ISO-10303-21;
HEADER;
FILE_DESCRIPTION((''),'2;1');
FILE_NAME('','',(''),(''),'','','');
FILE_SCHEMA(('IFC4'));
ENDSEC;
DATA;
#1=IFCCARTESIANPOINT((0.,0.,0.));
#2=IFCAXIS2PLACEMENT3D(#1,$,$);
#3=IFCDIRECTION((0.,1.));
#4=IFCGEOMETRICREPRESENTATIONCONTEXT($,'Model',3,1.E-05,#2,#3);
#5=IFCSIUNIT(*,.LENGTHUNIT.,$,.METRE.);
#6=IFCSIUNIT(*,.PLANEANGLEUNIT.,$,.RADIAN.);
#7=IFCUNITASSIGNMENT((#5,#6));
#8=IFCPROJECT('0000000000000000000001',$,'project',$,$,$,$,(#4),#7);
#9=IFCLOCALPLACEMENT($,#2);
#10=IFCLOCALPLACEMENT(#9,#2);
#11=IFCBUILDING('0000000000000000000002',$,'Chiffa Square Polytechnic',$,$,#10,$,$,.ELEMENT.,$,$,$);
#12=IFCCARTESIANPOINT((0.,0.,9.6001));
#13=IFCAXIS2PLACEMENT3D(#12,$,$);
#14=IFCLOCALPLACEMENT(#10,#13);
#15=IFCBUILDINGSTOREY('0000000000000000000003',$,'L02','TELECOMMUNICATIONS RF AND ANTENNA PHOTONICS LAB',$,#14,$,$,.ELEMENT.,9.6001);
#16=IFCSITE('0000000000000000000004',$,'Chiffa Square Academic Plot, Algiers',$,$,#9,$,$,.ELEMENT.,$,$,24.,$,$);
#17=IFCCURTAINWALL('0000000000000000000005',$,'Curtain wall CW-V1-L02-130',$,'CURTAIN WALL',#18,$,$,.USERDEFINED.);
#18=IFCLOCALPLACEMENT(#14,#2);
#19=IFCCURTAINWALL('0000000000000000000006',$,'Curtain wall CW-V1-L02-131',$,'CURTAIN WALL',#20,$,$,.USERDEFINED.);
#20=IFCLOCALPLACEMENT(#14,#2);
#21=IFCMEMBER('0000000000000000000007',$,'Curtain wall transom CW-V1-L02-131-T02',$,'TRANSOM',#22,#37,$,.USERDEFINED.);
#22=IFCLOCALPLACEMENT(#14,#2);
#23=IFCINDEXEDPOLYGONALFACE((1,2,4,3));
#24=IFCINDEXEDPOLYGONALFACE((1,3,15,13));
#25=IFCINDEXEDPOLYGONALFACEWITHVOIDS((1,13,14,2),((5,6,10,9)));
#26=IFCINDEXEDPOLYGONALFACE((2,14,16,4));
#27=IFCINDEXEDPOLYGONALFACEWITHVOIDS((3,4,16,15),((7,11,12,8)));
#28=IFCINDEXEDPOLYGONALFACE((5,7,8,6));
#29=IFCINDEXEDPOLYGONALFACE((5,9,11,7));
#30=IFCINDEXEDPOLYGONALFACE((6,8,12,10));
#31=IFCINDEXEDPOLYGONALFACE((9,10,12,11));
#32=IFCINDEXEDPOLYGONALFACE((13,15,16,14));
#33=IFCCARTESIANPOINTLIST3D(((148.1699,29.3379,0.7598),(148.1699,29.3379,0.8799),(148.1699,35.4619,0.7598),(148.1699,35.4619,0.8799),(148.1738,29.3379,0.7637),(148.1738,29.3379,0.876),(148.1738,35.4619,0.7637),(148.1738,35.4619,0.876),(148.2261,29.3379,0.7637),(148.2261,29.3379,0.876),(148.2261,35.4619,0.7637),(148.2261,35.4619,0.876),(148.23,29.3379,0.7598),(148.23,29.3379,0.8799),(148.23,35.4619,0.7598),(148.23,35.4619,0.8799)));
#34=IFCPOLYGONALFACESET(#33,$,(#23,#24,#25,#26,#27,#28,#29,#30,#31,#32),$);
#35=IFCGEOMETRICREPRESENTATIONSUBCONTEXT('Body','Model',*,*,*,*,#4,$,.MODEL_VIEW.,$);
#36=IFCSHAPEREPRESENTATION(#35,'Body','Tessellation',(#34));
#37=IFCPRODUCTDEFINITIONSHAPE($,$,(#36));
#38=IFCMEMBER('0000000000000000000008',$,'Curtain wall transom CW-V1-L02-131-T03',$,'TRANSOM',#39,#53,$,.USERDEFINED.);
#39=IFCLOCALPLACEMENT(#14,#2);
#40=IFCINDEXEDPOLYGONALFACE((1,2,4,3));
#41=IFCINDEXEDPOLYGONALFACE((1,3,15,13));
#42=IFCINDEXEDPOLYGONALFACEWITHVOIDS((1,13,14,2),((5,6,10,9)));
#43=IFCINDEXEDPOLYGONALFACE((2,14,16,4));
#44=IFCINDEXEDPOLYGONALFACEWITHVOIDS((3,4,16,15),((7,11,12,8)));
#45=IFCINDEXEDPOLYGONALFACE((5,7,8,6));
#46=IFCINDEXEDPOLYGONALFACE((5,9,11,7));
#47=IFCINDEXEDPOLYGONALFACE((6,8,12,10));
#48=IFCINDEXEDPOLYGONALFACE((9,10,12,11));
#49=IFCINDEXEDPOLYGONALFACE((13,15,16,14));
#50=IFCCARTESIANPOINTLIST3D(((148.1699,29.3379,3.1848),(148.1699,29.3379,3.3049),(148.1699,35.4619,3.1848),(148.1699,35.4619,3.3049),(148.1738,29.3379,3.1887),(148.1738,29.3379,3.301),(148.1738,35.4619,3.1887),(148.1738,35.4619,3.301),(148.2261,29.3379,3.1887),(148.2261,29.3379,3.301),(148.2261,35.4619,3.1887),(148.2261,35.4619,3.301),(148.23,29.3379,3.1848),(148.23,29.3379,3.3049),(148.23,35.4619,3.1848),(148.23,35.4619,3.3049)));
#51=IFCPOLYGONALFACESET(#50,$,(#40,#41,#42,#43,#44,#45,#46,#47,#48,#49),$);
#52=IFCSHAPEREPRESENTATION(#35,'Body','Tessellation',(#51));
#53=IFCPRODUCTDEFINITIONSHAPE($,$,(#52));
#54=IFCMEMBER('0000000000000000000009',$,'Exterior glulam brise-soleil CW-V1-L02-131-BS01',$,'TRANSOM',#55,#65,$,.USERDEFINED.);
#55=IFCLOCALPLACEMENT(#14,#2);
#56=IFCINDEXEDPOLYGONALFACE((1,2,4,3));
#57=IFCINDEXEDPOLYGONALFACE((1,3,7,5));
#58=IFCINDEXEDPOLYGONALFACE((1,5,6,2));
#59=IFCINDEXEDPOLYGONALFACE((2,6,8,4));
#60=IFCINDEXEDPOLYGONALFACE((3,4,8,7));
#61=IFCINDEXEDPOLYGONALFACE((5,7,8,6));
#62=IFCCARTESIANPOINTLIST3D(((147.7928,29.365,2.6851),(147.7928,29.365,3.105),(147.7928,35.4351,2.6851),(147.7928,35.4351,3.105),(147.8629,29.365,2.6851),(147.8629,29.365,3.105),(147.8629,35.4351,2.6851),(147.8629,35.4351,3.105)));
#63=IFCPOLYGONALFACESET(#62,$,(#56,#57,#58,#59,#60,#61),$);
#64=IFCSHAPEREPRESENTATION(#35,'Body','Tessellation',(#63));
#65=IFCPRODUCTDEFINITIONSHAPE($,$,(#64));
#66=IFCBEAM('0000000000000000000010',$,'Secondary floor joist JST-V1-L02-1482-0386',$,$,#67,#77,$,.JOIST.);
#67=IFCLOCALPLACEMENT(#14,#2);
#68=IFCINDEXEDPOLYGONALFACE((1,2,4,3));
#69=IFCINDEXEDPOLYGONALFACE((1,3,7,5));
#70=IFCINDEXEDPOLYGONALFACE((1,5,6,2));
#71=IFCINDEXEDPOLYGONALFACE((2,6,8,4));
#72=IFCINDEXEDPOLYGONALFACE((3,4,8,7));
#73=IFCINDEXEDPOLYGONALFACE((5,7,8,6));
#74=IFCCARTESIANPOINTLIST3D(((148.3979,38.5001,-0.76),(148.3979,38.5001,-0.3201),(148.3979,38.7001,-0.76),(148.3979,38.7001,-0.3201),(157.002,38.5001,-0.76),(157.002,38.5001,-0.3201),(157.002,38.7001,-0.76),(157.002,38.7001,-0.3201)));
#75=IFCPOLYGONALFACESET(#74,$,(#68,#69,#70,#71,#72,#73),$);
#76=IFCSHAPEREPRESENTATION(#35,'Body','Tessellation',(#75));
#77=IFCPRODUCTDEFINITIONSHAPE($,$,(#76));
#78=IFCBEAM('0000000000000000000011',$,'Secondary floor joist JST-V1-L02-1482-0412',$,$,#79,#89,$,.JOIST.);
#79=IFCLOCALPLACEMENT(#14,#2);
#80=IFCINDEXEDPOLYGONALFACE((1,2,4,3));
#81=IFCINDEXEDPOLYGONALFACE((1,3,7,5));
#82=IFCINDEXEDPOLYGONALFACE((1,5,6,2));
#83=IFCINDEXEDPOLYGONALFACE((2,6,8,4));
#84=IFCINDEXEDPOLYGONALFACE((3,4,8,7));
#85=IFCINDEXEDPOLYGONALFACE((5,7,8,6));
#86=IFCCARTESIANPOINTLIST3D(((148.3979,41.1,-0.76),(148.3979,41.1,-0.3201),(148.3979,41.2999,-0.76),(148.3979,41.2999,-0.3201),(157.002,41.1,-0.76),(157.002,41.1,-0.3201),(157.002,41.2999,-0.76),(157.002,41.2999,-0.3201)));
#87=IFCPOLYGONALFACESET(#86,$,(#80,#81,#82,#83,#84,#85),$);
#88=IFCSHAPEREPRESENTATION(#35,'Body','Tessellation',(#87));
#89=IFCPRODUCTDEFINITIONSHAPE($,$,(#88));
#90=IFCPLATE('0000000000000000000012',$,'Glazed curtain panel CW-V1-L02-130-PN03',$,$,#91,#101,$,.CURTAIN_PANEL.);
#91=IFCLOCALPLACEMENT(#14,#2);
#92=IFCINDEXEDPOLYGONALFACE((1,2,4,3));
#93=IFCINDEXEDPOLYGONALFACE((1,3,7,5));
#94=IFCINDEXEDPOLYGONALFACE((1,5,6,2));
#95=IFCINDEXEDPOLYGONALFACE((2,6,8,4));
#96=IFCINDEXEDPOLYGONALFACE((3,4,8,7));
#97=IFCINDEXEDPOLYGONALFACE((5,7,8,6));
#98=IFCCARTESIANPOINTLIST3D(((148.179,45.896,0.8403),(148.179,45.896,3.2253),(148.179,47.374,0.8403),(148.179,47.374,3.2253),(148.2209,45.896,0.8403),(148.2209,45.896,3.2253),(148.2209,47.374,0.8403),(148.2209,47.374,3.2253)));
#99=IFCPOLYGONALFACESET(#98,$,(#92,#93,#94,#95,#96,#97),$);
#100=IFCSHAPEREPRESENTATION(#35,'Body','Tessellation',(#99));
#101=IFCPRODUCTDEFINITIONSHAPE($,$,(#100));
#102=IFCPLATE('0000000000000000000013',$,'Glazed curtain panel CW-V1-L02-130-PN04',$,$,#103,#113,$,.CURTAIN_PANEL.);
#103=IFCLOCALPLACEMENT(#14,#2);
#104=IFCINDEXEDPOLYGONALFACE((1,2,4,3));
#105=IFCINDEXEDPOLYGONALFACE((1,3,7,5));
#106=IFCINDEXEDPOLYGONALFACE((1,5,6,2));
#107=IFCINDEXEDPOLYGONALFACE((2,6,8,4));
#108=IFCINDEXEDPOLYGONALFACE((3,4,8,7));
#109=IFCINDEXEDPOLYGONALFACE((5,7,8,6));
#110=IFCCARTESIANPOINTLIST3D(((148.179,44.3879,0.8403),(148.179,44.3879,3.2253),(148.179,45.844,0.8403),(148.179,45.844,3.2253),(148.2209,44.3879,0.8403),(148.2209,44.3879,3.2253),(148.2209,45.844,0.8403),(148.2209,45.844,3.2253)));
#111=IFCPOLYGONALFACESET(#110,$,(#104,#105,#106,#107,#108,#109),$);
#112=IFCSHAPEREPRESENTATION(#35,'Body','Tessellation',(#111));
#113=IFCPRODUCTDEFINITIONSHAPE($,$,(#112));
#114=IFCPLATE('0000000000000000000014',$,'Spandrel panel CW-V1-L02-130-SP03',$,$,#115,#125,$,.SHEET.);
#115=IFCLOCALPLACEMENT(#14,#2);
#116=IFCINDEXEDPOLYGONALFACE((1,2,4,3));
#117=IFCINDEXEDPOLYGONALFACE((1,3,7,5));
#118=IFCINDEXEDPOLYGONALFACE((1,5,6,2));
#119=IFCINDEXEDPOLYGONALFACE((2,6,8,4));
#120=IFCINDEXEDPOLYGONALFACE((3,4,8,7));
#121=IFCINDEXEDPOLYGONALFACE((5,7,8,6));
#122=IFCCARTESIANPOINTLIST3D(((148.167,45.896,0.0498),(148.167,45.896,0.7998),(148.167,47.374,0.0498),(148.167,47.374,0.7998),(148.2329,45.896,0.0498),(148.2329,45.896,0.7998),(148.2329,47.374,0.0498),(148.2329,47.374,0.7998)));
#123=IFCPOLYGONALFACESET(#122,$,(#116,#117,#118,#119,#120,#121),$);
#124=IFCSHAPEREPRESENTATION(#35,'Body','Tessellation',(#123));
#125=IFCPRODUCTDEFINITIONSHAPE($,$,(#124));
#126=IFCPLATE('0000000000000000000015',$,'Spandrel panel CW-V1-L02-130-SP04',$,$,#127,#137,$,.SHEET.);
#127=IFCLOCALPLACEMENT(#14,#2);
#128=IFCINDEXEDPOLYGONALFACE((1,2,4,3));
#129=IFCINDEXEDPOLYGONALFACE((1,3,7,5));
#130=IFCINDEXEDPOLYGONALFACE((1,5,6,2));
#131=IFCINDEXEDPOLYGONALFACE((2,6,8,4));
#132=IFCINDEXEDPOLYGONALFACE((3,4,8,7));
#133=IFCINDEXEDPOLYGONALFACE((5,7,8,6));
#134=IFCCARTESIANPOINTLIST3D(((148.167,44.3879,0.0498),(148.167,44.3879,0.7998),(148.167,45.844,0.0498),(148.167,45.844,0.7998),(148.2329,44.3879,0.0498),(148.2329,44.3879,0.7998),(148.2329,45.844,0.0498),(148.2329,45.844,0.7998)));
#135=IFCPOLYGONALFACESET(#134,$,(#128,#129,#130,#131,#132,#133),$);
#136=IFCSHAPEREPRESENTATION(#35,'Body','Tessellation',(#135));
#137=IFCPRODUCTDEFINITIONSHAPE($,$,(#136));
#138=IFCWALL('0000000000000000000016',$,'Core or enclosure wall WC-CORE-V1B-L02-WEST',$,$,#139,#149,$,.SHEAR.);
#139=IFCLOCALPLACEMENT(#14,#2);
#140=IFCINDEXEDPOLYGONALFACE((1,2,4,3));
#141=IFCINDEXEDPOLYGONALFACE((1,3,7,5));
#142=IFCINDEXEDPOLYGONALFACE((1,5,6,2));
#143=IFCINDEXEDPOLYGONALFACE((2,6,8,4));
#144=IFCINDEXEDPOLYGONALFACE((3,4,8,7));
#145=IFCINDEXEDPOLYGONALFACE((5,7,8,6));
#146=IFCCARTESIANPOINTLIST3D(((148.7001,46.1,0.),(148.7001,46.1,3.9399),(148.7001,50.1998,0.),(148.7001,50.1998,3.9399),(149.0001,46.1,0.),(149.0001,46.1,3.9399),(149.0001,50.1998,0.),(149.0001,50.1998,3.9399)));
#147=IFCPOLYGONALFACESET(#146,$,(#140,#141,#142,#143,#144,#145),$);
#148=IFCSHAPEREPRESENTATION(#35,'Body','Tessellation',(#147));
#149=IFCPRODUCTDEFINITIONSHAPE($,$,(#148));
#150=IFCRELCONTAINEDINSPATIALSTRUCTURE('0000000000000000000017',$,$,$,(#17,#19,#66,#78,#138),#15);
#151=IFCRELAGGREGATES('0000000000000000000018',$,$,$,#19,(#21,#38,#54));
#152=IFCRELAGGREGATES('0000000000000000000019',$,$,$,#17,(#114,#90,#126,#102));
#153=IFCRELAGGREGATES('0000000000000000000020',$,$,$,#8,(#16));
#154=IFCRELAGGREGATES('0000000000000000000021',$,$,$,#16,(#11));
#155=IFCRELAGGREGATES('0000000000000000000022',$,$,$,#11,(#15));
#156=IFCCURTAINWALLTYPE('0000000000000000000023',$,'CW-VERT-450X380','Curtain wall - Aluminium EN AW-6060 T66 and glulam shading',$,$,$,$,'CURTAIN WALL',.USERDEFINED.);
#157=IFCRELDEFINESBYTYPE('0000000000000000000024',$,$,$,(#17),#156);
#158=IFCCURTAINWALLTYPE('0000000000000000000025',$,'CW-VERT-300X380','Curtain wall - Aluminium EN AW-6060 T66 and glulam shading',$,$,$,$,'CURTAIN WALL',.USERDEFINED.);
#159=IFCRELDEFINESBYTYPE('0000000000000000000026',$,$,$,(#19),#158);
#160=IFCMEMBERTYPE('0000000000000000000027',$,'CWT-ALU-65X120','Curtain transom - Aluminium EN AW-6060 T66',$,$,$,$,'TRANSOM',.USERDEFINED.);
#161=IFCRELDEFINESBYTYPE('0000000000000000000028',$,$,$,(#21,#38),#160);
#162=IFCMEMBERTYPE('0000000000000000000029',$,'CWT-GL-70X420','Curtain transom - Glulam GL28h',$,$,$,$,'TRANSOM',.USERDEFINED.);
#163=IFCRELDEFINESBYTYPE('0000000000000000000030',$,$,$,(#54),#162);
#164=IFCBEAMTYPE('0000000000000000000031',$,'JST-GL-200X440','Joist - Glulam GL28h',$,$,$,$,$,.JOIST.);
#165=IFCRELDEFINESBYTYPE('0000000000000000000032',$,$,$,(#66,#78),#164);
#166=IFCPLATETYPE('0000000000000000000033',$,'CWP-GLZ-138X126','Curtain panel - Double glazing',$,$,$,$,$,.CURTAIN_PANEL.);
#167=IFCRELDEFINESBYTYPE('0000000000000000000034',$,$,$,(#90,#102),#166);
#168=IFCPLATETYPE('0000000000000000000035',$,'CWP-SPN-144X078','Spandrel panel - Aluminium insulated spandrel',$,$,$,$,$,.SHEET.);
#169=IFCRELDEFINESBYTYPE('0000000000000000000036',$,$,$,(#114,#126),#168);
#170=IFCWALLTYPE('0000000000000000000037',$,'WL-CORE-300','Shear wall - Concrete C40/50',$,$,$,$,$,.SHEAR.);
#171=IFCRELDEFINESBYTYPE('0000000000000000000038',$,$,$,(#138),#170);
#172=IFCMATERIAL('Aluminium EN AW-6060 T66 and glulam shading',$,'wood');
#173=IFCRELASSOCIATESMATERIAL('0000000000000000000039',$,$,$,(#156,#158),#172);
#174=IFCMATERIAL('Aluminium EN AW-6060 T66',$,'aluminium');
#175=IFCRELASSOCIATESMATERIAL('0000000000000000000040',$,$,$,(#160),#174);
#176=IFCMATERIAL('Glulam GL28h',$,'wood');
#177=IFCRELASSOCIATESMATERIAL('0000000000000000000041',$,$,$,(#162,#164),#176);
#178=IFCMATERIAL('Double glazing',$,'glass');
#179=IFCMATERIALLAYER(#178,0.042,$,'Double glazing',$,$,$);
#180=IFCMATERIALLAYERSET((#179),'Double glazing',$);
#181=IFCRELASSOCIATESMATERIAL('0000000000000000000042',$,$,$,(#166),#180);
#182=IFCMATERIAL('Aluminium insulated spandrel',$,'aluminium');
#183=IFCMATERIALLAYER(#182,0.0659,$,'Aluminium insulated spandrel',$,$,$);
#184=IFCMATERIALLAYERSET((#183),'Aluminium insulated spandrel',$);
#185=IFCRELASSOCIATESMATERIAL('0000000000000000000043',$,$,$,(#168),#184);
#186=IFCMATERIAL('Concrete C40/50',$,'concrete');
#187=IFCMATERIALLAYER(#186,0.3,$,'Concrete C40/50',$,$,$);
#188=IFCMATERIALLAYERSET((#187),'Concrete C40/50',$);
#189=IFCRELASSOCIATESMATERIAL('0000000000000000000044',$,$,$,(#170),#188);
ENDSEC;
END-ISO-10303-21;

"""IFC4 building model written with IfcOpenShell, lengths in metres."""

from ifc_helpers import new_model, si_unit, direction, frame, frame_2d, origin, origin_2d, place, context, subcontext, project, spatial, rectangle, hollow_rectangle, extrude, material, layer, layer_set, material_profile, profile_set, type_object, element, aggregate, save


model = new_model("IFC4")

# Units and contexts
model_context = context("Model", 3, precision=1e-05, world=origin(), true_north=direction((0.0, 1.0)))
body_context = subcontext(model_context, "Body", "Model", "MODEL_VIEW")
ifc_project = project(units=[si_unit("LENGTHUNIT", "METRE"), si_unit("PLANEANGLEUNIT", "RADIAN")], contexts=[model_context])

# Site, building, storey
site_placement = place(None, origin())
site = spatial("IfcSite", under=ifc_project, at=site_placement, Name="Chiffa Square Academic Plot, Algiers", CompositionType="ELEMENT", RefElevation=24.0)
building_placement = place(site_placement, origin())
building = spatial("IfcBuilding", under=site, at=building_placement, Name="Chiffa Square Polytechnic", CompositionType="ELEMENT")
storey_placement = place(building_placement, frame((0.0, 0.0, 9.6001)))
storey = spatial("IfcBuildingStorey", under=building, at=storey_placement, Name="L02", Description="TELECOMMUNICATIONS RF AND ANTENNA PHOTONICS LAB", CompositionType="ELEMENT", Elevation=9.6001)

# Shared definitions
ifc_material_1 = material(Name="Concrete C40/50", Category="concrete")

# Curtain wall
ifc_material_2 = material(Name="Aluminium EN AW-6060 T66 and glulam shading", Category="wood")
curtain_wall_type_1 = type_object("IfcCurtainWallType", Name="CW-VERT-450X380", Description="Curtain wall - Aluminium EN AW-6060 T66 and glulam shading", ElementType="CURTAIN WALL", PredefinedType="USERDEFINED", material=ifc_material_2)
curtain_wall_1_placement = place(storey_placement, origin())
curtain_wall_1 = element("IfcCurtainWall", 1, at=curtain_wall_1_placement, inside=storey, type_object=curtain_wall_type_1, Name="Curtain wall CW-V1-L02-130", ObjectType="CURTAIN WALL", PredefinedType="USERDEFINED")
ifc_material_3 = material(Name="Aluminium EN AW-6060 T66", Category="aluminium")

# Curtain wall
curtain_wall_type_2 = type_object("IfcCurtainWallType", Name="CW-VERT-300X380", Description="Curtain wall - Aluminium EN AW-6060 T66 and glulam shading", ElementType="CURTAIN WALL", PredefinedType="USERDEFINED", material=ifc_material_2)
curtain_wall_2_placement = place(storey_placement, origin())
curtain_wall_2 = element("IfcCurtainWall", 2, at=curtain_wall_2_placement, inside=storey, type_object=curtain_wall_type_2, Name="Curtain wall CW-V1-L02-131", ObjectType="CURTAIN WALL", PredefinedType="USERDEFINED")

# Members
ifc_material_4 = material(Name="Glulam GL28h", Category="wood")
ifc_material_profile_1 = material_profile(ifc_material_3, hollow_rectangle(XDim=0.0601, YDim=0.1201, WallThickness=0.0039, at=origin_2d()), Name="ALU 60x120x4")
ifc_profile_set_1 = profile_set([ifc_material_profile_1], Name="Aluminium EN AW-6060 T66")
member_type_1 = type_object("IfcMemberType", Name="CWT-ALU-65X120", Description="Curtain transom - Aluminium EN AW-6060 T66", ElementType="TRANSOM", PredefinedType="USERDEFINED", material=ifc_profile_set_1)
member_1_placement = place(storey_placement, frame((148.2, 35.4619, 0.8198), z_axis=(0.0, -1.0, 0.0), x_axis=(1.0, 0.0, 0.0)))
member_1 = element("IfcMember", 3, at=member_1_placement, type_object=member_type_1, Name="Curtain wall transom CW-V1-L02-131-T02", ObjectType="TRANSOM", PredefinedType="USERDEFINED", context=body_context, shape_type="SweptSolid", body=[
    extrude(hollow_rectangle(XDim=0.0601, YDim=0.1201, WallThickness=0.0039, at=origin_2d()), origin(), (0.0, 0.0, 1.0), 6.124),
])
member_2_placement = place(storey_placement, frame((148.2, 35.4619, 3.2449), z_axis=(0.0, -1.0, 0.0), x_axis=(1.0, 0.0, 0.0)))
member_2 = element("IfcMember", 4, at=member_2_placement, type_object=member_type_1, Name="Curtain wall transom CW-V1-L02-131-T03", ObjectType="TRANSOM", PredefinedType="USERDEFINED", context=body_context, shape_type="SweptSolid", body=[
    extrude(hollow_rectangle(XDim=0.0601, YDim=0.1201, WallThickness=0.0039, at=origin_2d()), origin(), (0.0, 0.0, 1.0), 6.124),
])
ifc_material_profile_2 = material_profile(ifc_material_4, rectangle(XDim=0.0701, YDim=0.4199, at=origin_2d()), Name="GL28h 70x420")
ifc_profile_set_2 = profile_set([ifc_material_profile_2], Name="Glulam GL28h")
member_type_2 = type_object("IfcMemberType", Name="CWT-GL-70X420", Description="Curtain transom - Glulam GL28h", ElementType="TRANSOM", PredefinedType="USERDEFINED", material=ifc_profile_set_2)
member_3_placement = place(storey_placement, frame((147.8279, 35.4351, 2.895), z_axis=(0.0, -1.0, 0.0), x_axis=(1.0, 0.0, 0.0)))
member_3 = element("IfcMember", 5, at=member_3_placement, type_object=member_type_2, Name="Exterior glulam brise-soleil CW-V1-L02-131-BS01", ObjectType="TRANSOM", PredefinedType="USERDEFINED", context=body_context, shape_type="SweptSolid", body=[
    extrude(rectangle(XDim=0.0701, YDim=0.4199, at=origin_2d()), origin(), (0.0, 0.0, 1.0), 6.0701),
])
aggregate(curtain_wall_2, [member_1, member_2, member_3])

# Beams
ifc_material_profile_3 = material_profile(ifc_material_4, rectangle(XDim=0.2, YDim=0.4399, at=origin_2d()), Name="GL28h 200x440")
ifc_profile_set_3 = profile_set([ifc_material_profile_3], Name="Glulam GL28h")
beam_type_1 = type_object("IfcBeamType", Name="JST-GL-200X440", Description="Joist - Glulam GL28h", PredefinedType="JOIST", material=ifc_profile_set_3)
for number, where, z_axis, x_axis, name in (
    (6, (148.3979, 38.6001, -0.54), (1.0, 0.0, 0.0), (0.0, 1.0, 0.0), "Secondary floor joist JST-V1-L02-1482-0386"),
    (7, (148.3979, 41.2, -0.54), (1.0, 0.0, 0.0), (0.0, 1.0, 0.0), "Secondary floor joist JST-V1-L02-1482-0412"),
):
    element("IfcBeam", number, at=place(storey_placement, frame(where, z_axis=z_axis, x_axis=x_axis)), inside=storey, type_object=beam_type_1, Name=name, PredefinedType="JOIST", context=body_context, shape_type="SweptSolid", body=[
        extrude(rectangle(XDim=0.2, YDim=0.4399, at=origin_2d()), origin(), (0.0, 0.0, 1.0), 8.604),
    ])

# Plates
ifc_material_5 = material(Name="Double glazing", Category="glass")
ifc_layer_1 = layer(ifc_material_5, 0.042, Name="Double glazing")
ifc_layer_set_1 = layer_set([ifc_layer_1], Name="Double glazing")
plate_type_1 = type_object("IfcPlateType", Name="CWP-GLZ-138X126", Description="Curtain panel - Double glazing", PredefinedType="CURTAIN_PANEL", material=ifc_layer_set_1)
plate_1_placement = place(storey_placement, frame((148.2, 46.635, 0.8403), z_axis=(0.0, 0.0, 1.0), x_axis=(0.0, -1.0, 0.0)))
plate_1 = element("IfcPlate", 8, at=plate_1_placement, type_object=plate_type_1, Name="Glazed curtain panel CW-V1-L02-130-PN03", PredefinedType="CURTAIN_PANEL", context=body_context, shape_type="SweptSolid", body=[
    extrude(rectangle(XDim=1.478, YDim=0.042, at=origin_2d()), origin(), (0.0, 0.0, 1.0), 2.385),
])
plate_2_placement = place(storey_placement, frame((148.2, 45.116, 0.8403), z_axis=(0.0, 0.0, 1.0), x_axis=(0.0, -1.0, 0.0)))
plate_2 = element("IfcPlate", 9, at=plate_2_placement, type_object=plate_type_1, Name="Glazed curtain panel CW-V1-L02-130-PN04", PredefinedType="CURTAIN_PANEL", context=body_context, shape_type="SweptSolid", body=[
    extrude(rectangle(XDim=1.4561, YDim=0.042, at=origin_2d()), origin(), (0.0, 0.0, 1.0), 2.385),
])
ifc_material_6 = material(Name="Aluminium insulated spandrel", Category="aluminium")
ifc_layer_2 = layer(ifc_material_6, 0.0659, Name="Aluminium insulated spandrel")
ifc_layer_set_2 = layer_set([ifc_layer_2], Name="Aluminium insulated spandrel")
plate_type_2 = type_object("IfcPlateType", Name="CWP-SPN-144X078", Description="Spandrel panel - Aluminium insulated spandrel", PredefinedType="SHEET", material=ifc_layer_set_2)
plate_3_placement = place(storey_placement, frame((148.2, 46.635, 0.0498), z_axis=(0.0, 0.0, 1.0), x_axis=(0.0, -1.0, 0.0)))
plate_3 = element("IfcPlate", 10, at=plate_3_placement, type_object=plate_type_2, Name="Spandrel panel CW-V1-L02-130-SP03", PredefinedType="SHEET", context=body_context, shape_type="SweptSolid", body=[
    extrude(rectangle(XDim=1.478, YDim=0.0659, at=origin_2d()), origin(), (0.0, 0.0, 1.0), 0.75),
])
plate_4_placement = place(storey_placement, frame((148.2, 45.116, 0.0498), z_axis=(0.0, 0.0, 1.0), x_axis=(0.0, -1.0, 0.0)))
plate_4 = element("IfcPlate", 11, at=plate_4_placement, type_object=plate_type_2, Name="Spandrel panel CW-V1-L02-130-SP04", PredefinedType="SHEET", context=body_context, shape_type="SweptSolid", body=[
    extrude(rectangle(XDim=1.4561, YDim=0.0659, at=origin_2d()), origin(), (0.0, 0.0, 1.0), 0.75),
])
aggregate(curtain_wall_1, [plate_3, plate_1, plate_4, plate_2])

# Shared definitions
ifc_layer_3 = layer(ifc_material_1, 0.3, Name="Concrete C40/50")
ifc_layer_set_3 = layer_set([ifc_layer_3], Name="Concrete C40/50")
wall_type_1 = type_object("IfcWallType", Name="WL-CORE-300", Description="Shear wall - Concrete C40/50", PredefinedType="SHEAR", material=ifc_layer_set_3)

# Wall
wall_1_placement = place(storey_placement, frame((148.8501, 46.1001, 0.0), z_axis=(0.0, 0.0, 1.0), x_axis=(0.0, 1.0, 0.0)))
element("IfcWall", 12, at=wall_1_placement, inside=storey, type_object=wall_type_1, Name="Core or enclosure wall WC-CORE-V1B-L02-WEST", PredefinedType="SHEAR", context=body_context, shape_type="SweptSolid", body=[
    extrude(rectangle(XDim=4.0999, YDim=0.3, at=frame_2d((2.0498, 0.0))), origin(), (0.0, 0.0, 1.0), 3.9399),
])

save(model, "model.ifc")
